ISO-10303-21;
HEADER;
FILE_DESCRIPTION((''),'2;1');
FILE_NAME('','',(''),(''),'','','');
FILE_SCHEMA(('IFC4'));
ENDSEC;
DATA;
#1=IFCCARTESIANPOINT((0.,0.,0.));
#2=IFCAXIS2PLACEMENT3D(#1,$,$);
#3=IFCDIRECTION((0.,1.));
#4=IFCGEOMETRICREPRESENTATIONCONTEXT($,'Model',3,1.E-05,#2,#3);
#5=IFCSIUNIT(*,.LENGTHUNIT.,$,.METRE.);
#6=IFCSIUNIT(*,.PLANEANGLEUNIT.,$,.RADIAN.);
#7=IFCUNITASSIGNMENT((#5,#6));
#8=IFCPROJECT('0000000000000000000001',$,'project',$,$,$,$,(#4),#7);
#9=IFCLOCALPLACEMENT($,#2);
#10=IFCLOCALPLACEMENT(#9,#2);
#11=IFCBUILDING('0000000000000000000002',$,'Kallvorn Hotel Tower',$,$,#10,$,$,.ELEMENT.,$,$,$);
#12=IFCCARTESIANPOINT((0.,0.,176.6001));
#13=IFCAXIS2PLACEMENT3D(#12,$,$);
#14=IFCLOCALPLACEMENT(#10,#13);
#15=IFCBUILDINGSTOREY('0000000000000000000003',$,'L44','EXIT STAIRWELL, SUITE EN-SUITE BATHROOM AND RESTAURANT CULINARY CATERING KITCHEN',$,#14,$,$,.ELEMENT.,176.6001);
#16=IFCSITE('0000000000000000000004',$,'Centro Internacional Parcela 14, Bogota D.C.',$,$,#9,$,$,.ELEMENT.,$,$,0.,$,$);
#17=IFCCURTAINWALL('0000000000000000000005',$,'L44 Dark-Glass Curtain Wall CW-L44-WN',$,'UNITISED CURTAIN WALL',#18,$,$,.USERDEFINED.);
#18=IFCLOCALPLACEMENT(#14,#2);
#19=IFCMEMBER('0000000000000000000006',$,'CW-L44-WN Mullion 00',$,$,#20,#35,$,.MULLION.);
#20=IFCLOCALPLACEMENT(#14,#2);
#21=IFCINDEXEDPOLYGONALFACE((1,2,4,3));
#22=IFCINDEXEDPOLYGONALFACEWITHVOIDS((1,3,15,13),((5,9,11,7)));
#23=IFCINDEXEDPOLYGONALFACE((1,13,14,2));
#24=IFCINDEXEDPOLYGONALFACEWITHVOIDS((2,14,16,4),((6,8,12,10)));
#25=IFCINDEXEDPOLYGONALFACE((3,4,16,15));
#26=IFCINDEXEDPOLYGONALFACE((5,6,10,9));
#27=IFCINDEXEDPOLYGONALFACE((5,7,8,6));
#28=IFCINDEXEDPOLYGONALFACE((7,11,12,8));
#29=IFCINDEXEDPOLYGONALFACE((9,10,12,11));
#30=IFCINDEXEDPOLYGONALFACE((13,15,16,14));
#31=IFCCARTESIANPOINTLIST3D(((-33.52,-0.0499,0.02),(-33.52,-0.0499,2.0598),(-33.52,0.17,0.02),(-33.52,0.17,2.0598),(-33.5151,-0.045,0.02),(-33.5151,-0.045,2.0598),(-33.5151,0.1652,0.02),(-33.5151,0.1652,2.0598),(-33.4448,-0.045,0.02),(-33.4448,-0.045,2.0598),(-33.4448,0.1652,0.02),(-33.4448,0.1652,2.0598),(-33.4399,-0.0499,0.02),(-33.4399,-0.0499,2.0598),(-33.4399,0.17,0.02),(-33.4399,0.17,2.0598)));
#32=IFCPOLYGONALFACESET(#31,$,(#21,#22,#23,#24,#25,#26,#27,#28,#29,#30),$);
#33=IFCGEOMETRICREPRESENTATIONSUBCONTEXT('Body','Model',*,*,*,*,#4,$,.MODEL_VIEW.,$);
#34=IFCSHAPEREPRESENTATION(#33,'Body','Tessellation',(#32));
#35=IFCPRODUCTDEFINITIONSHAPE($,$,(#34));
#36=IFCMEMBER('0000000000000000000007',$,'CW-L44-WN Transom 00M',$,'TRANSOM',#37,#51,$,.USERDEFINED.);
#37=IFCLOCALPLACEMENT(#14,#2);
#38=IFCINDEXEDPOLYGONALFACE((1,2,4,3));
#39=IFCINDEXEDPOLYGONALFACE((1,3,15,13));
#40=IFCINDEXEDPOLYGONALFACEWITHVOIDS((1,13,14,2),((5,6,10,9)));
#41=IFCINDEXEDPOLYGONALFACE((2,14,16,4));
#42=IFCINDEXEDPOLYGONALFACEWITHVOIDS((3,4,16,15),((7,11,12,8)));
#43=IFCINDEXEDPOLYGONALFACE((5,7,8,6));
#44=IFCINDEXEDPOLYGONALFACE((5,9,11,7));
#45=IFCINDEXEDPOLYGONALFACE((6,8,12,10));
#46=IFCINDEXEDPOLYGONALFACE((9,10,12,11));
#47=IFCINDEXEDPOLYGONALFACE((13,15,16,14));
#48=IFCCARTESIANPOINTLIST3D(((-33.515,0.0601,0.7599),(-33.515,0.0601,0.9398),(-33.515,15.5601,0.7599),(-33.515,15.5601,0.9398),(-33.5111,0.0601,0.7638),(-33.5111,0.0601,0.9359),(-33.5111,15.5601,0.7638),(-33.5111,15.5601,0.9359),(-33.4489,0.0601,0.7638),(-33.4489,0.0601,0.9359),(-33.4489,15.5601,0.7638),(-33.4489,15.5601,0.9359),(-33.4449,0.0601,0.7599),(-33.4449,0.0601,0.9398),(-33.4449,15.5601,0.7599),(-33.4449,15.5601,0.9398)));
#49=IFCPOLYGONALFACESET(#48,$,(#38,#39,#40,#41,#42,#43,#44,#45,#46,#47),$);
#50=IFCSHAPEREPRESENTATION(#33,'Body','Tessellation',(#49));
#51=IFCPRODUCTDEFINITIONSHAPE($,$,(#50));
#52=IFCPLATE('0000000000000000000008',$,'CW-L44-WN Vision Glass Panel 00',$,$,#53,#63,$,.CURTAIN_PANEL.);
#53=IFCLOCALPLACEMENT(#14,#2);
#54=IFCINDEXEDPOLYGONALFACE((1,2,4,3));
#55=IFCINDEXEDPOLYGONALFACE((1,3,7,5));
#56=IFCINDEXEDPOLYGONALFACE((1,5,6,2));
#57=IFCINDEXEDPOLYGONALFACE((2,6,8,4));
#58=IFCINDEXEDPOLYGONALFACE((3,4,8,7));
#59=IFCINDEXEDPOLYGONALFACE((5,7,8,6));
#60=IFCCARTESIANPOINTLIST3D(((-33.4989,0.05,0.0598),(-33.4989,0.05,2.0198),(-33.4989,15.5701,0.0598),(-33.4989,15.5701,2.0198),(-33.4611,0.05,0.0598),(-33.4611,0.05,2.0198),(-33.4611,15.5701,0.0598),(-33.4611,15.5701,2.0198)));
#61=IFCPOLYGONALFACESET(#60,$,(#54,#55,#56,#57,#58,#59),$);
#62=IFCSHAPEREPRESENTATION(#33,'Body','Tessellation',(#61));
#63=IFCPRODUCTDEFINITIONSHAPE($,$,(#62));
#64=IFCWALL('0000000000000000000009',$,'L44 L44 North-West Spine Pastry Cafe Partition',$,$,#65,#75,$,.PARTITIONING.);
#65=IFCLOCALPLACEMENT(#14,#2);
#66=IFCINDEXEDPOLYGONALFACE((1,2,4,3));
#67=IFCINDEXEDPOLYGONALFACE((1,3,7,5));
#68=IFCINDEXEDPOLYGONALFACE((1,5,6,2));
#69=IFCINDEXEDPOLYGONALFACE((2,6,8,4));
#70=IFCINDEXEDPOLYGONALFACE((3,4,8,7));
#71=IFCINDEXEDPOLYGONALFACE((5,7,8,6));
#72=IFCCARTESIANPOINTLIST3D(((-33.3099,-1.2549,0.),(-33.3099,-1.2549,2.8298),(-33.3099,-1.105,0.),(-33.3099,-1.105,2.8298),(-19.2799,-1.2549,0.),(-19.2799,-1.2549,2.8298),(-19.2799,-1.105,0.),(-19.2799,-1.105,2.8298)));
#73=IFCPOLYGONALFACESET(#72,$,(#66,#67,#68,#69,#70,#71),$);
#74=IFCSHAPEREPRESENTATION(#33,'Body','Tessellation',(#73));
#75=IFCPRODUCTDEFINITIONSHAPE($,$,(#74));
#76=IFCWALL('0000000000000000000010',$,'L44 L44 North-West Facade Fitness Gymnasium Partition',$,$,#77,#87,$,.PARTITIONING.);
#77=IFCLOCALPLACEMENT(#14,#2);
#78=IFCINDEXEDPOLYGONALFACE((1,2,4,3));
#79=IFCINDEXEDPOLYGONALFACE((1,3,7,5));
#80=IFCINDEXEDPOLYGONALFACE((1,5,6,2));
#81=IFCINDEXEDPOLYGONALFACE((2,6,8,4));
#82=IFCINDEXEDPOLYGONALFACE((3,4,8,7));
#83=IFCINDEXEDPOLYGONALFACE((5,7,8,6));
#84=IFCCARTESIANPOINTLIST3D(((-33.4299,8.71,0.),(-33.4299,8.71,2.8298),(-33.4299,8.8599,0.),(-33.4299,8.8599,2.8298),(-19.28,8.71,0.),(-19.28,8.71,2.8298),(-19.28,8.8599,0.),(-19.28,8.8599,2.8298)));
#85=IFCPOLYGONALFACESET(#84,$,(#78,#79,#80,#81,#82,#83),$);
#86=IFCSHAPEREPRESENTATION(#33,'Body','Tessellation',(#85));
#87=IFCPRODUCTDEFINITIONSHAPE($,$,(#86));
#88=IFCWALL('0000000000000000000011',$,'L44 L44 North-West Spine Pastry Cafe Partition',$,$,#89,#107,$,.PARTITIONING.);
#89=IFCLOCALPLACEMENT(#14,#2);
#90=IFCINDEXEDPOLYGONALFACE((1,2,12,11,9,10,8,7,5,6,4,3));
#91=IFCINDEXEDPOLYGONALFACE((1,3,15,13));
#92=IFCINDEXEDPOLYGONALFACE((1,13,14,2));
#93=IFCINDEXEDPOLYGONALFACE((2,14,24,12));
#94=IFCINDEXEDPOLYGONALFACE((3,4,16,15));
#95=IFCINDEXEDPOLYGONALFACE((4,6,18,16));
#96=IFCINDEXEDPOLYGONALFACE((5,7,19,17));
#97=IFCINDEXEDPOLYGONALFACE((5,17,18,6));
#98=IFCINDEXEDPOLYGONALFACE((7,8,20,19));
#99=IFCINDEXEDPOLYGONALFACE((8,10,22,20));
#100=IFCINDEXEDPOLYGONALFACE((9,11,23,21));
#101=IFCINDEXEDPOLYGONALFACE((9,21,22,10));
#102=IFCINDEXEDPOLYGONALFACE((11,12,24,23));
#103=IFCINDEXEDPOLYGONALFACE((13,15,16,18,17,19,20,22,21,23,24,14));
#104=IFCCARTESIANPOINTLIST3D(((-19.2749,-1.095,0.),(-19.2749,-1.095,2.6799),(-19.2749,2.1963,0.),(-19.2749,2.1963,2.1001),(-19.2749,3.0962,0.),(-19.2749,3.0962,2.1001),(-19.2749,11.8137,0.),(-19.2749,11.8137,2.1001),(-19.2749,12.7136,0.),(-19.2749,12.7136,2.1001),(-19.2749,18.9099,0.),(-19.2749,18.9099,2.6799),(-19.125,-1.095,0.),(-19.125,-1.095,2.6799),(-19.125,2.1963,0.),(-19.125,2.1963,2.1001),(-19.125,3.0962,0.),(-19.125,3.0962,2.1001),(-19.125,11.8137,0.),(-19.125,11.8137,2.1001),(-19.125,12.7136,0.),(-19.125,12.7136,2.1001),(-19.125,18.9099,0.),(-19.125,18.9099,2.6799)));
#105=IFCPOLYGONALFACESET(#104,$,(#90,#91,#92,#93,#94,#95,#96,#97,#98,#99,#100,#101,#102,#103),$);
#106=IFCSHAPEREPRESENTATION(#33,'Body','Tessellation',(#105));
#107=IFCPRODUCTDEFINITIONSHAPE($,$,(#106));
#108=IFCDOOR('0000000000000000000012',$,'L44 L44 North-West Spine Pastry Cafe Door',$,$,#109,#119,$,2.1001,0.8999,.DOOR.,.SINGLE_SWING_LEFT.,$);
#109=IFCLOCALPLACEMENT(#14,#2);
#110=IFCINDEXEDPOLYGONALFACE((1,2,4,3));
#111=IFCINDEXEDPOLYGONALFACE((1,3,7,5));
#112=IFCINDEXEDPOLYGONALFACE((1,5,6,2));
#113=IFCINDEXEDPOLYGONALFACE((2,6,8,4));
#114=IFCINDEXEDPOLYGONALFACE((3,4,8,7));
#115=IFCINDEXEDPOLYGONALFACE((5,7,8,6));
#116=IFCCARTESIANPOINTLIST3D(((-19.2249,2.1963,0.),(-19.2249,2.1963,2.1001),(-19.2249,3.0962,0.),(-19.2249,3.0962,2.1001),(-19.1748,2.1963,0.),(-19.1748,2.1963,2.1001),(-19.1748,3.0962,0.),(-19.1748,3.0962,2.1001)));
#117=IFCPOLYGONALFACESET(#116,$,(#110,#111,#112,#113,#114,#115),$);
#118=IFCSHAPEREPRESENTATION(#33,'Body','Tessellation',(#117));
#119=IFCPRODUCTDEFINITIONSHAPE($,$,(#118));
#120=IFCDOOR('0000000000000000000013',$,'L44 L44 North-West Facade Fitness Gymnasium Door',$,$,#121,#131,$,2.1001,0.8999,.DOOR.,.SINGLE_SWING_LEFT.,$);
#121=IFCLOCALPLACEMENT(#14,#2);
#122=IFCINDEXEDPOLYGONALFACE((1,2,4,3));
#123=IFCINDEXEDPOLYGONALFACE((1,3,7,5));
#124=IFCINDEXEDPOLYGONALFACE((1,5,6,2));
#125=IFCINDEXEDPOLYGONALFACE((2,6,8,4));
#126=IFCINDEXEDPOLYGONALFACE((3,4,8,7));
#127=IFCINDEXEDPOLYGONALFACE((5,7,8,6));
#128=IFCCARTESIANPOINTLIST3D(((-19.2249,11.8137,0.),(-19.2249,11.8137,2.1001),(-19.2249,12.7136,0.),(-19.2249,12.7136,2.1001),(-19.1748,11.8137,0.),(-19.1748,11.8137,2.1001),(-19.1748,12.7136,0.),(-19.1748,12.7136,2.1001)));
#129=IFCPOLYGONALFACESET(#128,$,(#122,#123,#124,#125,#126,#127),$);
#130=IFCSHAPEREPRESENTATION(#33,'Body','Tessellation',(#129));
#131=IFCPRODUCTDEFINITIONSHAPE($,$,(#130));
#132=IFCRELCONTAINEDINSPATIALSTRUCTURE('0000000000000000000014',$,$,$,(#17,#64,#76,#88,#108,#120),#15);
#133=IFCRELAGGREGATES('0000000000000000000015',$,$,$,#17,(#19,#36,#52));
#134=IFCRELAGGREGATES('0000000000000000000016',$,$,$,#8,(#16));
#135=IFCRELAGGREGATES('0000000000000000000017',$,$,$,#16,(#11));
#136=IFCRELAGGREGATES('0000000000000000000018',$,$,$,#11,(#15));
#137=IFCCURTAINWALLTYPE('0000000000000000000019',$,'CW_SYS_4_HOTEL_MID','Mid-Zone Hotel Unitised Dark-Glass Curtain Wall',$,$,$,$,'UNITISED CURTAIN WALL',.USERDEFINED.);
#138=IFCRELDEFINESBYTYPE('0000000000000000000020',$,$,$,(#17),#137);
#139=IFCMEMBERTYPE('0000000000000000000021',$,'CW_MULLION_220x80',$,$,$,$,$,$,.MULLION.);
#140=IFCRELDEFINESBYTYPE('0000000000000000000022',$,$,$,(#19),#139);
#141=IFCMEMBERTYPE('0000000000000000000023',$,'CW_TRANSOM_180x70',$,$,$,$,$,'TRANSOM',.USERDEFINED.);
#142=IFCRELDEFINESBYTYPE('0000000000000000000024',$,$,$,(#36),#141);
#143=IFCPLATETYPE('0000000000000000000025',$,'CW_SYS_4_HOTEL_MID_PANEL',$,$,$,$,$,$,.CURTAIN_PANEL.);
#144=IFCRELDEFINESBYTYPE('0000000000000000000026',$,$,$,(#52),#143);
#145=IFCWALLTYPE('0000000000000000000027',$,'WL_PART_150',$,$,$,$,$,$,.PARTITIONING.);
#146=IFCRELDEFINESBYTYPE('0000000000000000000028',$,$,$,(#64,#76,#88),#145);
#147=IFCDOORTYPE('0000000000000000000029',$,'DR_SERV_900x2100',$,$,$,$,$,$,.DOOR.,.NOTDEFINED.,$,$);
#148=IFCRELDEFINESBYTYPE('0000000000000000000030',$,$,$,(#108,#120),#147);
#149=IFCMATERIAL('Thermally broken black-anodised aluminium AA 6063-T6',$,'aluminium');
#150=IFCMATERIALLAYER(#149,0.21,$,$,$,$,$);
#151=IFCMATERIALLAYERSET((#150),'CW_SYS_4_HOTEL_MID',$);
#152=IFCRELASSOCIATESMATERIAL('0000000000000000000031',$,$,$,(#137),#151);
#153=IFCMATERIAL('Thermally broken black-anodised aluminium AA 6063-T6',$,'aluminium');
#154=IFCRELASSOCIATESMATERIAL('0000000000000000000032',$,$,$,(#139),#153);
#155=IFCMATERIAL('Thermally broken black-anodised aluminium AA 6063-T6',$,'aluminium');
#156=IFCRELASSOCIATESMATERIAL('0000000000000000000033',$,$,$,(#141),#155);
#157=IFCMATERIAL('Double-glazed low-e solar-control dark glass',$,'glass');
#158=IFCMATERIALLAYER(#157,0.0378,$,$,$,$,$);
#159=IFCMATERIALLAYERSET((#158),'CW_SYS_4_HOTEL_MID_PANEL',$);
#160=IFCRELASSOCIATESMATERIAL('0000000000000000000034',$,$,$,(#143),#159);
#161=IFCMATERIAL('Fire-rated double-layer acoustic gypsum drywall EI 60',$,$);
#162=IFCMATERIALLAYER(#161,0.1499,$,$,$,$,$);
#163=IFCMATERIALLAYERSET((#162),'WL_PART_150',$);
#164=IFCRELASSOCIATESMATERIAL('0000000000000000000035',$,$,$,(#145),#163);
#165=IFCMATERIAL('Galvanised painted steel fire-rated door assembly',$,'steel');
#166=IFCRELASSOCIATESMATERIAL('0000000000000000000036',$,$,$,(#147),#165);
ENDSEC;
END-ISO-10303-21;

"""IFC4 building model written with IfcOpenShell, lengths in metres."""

from ifc_helpers import new_model, si_unit, direction, frame, frame_2d, origin, origin_2d, place, context, subcontext, project, spatial, rectangle, hollow_rectangle, extrude, material, layer, layer_set, material_profile, profile_set, type_object, element, fill, aggregate, save


model = new_model("IFC4")

# Units and contexts
model_context = context("Model", 3, precision=1e-05, world=origin(), true_north=direction((0.0, 1.0)))
body_context = subcontext(model_context, "Body", "Model", "MODEL_VIEW")
ifc_project = project(units=[si_unit("LENGTHUNIT", "METRE"), si_unit("PLANEANGLEUNIT", "RADIAN")], contexts=[model_context])

# Site, building, storey
site_placement = place(None, origin())
site = spatial("IfcSite", under=ifc_project, at=site_placement, Name="Centro Internacional Parcela 14, Bogota D.C.", CompositionType="ELEMENT", RefElevation=0.0)
building_placement = place(site_placement, origin())
building = spatial("IfcBuilding", under=site, at=building_placement, Name="Kallvorn Hotel Tower", CompositionType="ELEMENT")
storey_placement = place(building_placement, frame((0.0, 0.0, 176.6001)))
storey = spatial("IfcBuildingStorey", under=building, at=storey_placement, Name="L44", Description="EXIT STAIRWELL, SUITE EN-SUITE BATHROOM AND RESTAURANT CULINARY CATERING KITCHEN", CompositionType="ELEMENT", Elevation=176.6001)

# Curtain wall, members, plate
ifc_material_1 = material(Name="Thermally broken black-anodised aluminium AA 6063-T6", Category="aluminium")
ifc_layer_1 = layer(ifc_material_1, 0.21)
ifc_layer_set_1 = layer_set([ifc_layer_1], Name="CW_SYS_4_HOTEL_MID")
curtain_wall_type = type_object("IfcCurtainWallType", Name="CW_SYS_4_HOTEL_MID", Description="Mid-Zone Hotel Unitised Dark-Glass Curtain Wall", ElementType="UNITISED CURTAIN WALL", PredefinedType="USERDEFINED", material=ifc_layer_set_1)
curtain_wall_placement = place(storey_placement, origin())
curtain_wall = element("IfcCurtainWall", 1, at=curtain_wall_placement, inside=storey, type_object=curtain_wall_type, Name="L44 Dark-Glass Curtain Wall CW-L44-WN", ObjectType="UNITISED CURTAIN WALL", PredefinedType="USERDEFINED")
ifc_material_2 = material(Name="Thermally broken black-anodised aluminium AA 6063-T6", Category="aluminium")
ifc_material_profile_1 = material_profile(ifc_material_2, hollow_rectangle(XDim=0.0801, YDim=0.22, WallThickness=0.0049, at=origin_2d()), Name="MUL 220x80")
ifc_profile_set_1 = profile_set([ifc_material_profile_1], Name="Thermally broken black-anodised aluminium AA 6063-T6")
member_type_1 = type_object("IfcMemberType", Name="CW_MULLION_220x80", PredefinedType="MULLION", material=ifc_profile_set_1)
member_1_placement = place(storey_placement, frame((-33.48, 0.0601, 0.02), z_axis=(0.0, 0.0, 1.0), x_axis=(1.0, 0.0, 0.0)))
member_1 = element("IfcMember", 2, at=member_1_placement, type_object=member_type_1, Name="CW-L44-WN Mullion 00", PredefinedType="MULLION", context=body_context, shape_type="SweptSolid", body=[
    extrude(hollow_rectangle(XDim=0.0801, YDim=0.22, WallThickness=0.0049, at=origin_2d()), origin(), (0.0, 0.0, 1.0), 2.0398),
])
ifc_material_3 = material(Name="Thermally broken black-anodised aluminium AA 6063-T6", Category="aluminium")
ifc_material_profile_2 = material_profile(ifc_material_3, hollow_rectangle(XDim=0.0701, YDim=0.1799, WallThickness=0.0039, at=origin_2d()), Name="TRN 180x70")
ifc_profile_set_2 = profile_set([ifc_material_profile_2], Name="Thermally broken black-anodised aluminium AA 6063-T6")
member_type_2 = type_object("IfcMemberType", Name="CW_TRANSOM_180x70", ElementType="TRANSOM", PredefinedType="USERDEFINED", material=ifc_profile_set_2)
member_2_placement = place(storey_placement, frame((-33.48, 0.0601, 0.8499), z_axis=(0.0, 1.0, 0.0), x_axis=(-1.0, 0.0, 0.0)))
member_2 = element("IfcMember", 3, at=member_2_placement, type_object=member_type_2, Name="CW-L44-WN Transom 00M", ObjectType="TRANSOM", PredefinedType="USERDEFINED", context=body_context, shape_type="SweptSolid", body=[
    extrude(hollow_rectangle(XDim=0.0701, YDim=0.1799, WallThickness=0.0039, at=origin_2d()), origin(), (0.0, 0.0, 1.0), 15.5),
])
ifc_material_4 = material(Name="Double-glazed low-e solar-control dark glass", Category="glass")
ifc_layer_2 = layer(ifc_material_4, 0.0378)
ifc_layer_set_2 = layer_set([ifc_layer_2], Name="CW_SYS_4_HOTEL_MID_PANEL")
plate_type = type_object("IfcPlateType", Name="CW_SYS_4_HOTEL_MID_PANEL", PredefinedType="CURTAIN_PANEL", material=ifc_layer_set_2)
plate_placement = place(storey_placement, frame((-33.48, 7.8101, 0.0598), z_axis=(0.0, 0.0, 1.0), x_axis=(0.0, 1.0, 0.0)))
plate = element("IfcPlate", 4, at=plate_placement, type_object=plate_type, Name="CW-L44-WN Vision Glass Panel 00", PredefinedType="CURTAIN_PANEL", context=body_context, shape_type="SweptSolid", body=[
    extrude(rectangle(XDim=15.52, YDim=0.0378, at=origin_2d()), origin(), (0.0, 0.0, 1.0), 1.96),
])
aggregate(curtain_wall, [member_1, member_2, plate])

# Walls
ifc_material_5 = material(Name="Fire-rated double-layer acoustic gypsum drywall EI 60")
ifc_layer_3 = layer(ifc_material_5, 0.1499)
ifc_layer_set_3 = layer_set([ifc_layer_3], Name="WL_PART_150")
wall_type = type_object("IfcWallType", Name="WL_PART_150", PredefinedType="PARTITIONING", material=ifc_layer_set_3)
wall_1_placement = place(storey_placement, frame((-33.3101, -1.1799, 0.0), z_axis=(0.0, 0.0, 1.0), x_axis=(1.0, 0.0, 0.0)))
element("IfcWall", 5, at=wall_1_placement, inside=storey, type_object=wall_type, Name="L44 L44 North-West Spine Pastry Cafe Partition", PredefinedType="PARTITIONING", context=body_context, shape_type="SweptSolid", body=[
    extrude(rectangle(XDim=14.03, YDim=0.1499, at=frame_2d((7.0151, 0.0))), origin(), (0.0, 0.0, 1.0), 2.8298),
])
wall_2_placement = place(storey_placement, frame((-33.4299, 8.7849, 0.0), z_axis=(0.0, 0.0, 1.0), x_axis=(1.0, 0.0, 0.0)))
element("IfcWall", 6, at=wall_2_placement, inside=storey, type_object=wall_type, Name="L44 L44 North-West Facade Fitness Gymnasium Partition", PredefinedType="PARTITIONING", context=body_context, shape_type="SweptSolid", body=[
    extrude(rectangle(XDim=14.1499, YDim=0.1499, at=frame_2d((7.075, 0.0))), origin(), (0.0, 0.0, 1.0), 2.8298),
])

# Wall, openings, doors
wall_3_placement = place(storey_placement, frame((-19.2, -1.095, 0.0), z_axis=(0.0, 0.0, 1.0), x_axis=(0.0, 1.0, 0.0)))
wall_3 = element("IfcWall", 7, at=wall_3_placement, inside=storey, type_object=wall_type, Name="L44 L44 North-West Spine Pastry Cafe Partition", PredefinedType="PARTITIONING", context=body_context, shape_type="SweptSolid", body=[
    extrude(rectangle(XDim=20.0049, YDim=0.1499, at=frame_2d((10.0024, 0.0))), origin(), (0.0, 0.0, 1.0), 2.6799),
])
opening_1_placement = place(wall_3_placement, frame((3.2913, 0.0, 0.0)))
opening_1 = element("IfcOpeningElement", 8, at=opening_1_placement, cuts=wall_3, PredefinedType="OPENING", context=body_context, shape_type="SweptSolid", body=[
    extrude(rectangle(XDim=0.8999, YDim=2.1001, at=frame_2d((0.45, 1.05))), frame((0.0, 0.0898, 0.0), z_axis=(0.0, -1.0, 0.0), x_axis=(1.0, 0.0, 0.0)), (0.0, 0.0, 1.0), 0.1799),
])
opening_2_placement = place(wall_3_placement, frame((12.9087, 0.0, 0.0)))
opening_2 = element("IfcOpeningElement", 9, at=opening_2_placement, cuts=wall_3, PredefinedType="OPENING", context=body_context, shape_type="SweptSolid", body=[
    extrude(rectangle(XDim=0.8999, YDim=2.1001, at=frame_2d((0.45, 1.05))), frame((0.0, 0.0898, 0.0), z_axis=(0.0, -1.0, 0.0), x_axis=(1.0, 0.0, 0.0)), (0.0, 0.0, 1.0), 0.1799),
])
ifc_material_6 = material(Name="Galvanised painted steel fire-rated door assembly", Category="steel")
door_type = type_object("IfcDoorType", Name="DR_SERV_900x2100", OperationType="NOTDEFINED", PredefinedType="DOOR", material=ifc_material_6)
door_1_placement = place(opening_1_placement, origin())
door_1 = element("IfcDoor", 10, at=door_1_placement, inside=storey, type_object=door_type, Name="L44 L44 North-West Spine Pastry Cafe Door", OperationType="SINGLE_SWING_LEFT", OverallHeight=2.1001, OverallWidth=0.8999, PredefinedType="DOOR", context=body_context, shape_type="SweptSolid", body=[
    extrude(rectangle(XDim=0.8999, YDim=2.1001, at=frame_2d((0.45, 1.05))), frame((0.0, 0.0249, 0.0), z_axis=(0.0, -1.0, 0.0), x_axis=(1.0, 0.0, 0.0)), (0.0, 0.0, 1.0), 0.05),
])
fill(opening_1, door_1)
door_2_placement = place(opening_2_placement, origin())
door_2 = element("IfcDoor", 11, at=door_2_placement, inside=storey, type_object=door_type, Name="L44 L44 North-West Facade Fitness Gymnasium Door", OperationType="SINGLE_SWING_LEFT", OverallHeight=2.1001, OverallWidth=0.8999, PredefinedType="DOOR", context=body_context, shape_type="SweptSolid", body=[
    extrude(rectangle(XDim=0.8999, YDim=2.1001, at=frame_2d((0.45, 1.05))), frame((0.0, 0.0249, 0.0), z_axis=(0.0, -1.0, 0.0), x_axis=(1.0, 0.0, 0.0)), (0.0, 0.0, 1.0), 0.05),
])
fill(opening_2, door_2)

save(model, "model.ifc")
